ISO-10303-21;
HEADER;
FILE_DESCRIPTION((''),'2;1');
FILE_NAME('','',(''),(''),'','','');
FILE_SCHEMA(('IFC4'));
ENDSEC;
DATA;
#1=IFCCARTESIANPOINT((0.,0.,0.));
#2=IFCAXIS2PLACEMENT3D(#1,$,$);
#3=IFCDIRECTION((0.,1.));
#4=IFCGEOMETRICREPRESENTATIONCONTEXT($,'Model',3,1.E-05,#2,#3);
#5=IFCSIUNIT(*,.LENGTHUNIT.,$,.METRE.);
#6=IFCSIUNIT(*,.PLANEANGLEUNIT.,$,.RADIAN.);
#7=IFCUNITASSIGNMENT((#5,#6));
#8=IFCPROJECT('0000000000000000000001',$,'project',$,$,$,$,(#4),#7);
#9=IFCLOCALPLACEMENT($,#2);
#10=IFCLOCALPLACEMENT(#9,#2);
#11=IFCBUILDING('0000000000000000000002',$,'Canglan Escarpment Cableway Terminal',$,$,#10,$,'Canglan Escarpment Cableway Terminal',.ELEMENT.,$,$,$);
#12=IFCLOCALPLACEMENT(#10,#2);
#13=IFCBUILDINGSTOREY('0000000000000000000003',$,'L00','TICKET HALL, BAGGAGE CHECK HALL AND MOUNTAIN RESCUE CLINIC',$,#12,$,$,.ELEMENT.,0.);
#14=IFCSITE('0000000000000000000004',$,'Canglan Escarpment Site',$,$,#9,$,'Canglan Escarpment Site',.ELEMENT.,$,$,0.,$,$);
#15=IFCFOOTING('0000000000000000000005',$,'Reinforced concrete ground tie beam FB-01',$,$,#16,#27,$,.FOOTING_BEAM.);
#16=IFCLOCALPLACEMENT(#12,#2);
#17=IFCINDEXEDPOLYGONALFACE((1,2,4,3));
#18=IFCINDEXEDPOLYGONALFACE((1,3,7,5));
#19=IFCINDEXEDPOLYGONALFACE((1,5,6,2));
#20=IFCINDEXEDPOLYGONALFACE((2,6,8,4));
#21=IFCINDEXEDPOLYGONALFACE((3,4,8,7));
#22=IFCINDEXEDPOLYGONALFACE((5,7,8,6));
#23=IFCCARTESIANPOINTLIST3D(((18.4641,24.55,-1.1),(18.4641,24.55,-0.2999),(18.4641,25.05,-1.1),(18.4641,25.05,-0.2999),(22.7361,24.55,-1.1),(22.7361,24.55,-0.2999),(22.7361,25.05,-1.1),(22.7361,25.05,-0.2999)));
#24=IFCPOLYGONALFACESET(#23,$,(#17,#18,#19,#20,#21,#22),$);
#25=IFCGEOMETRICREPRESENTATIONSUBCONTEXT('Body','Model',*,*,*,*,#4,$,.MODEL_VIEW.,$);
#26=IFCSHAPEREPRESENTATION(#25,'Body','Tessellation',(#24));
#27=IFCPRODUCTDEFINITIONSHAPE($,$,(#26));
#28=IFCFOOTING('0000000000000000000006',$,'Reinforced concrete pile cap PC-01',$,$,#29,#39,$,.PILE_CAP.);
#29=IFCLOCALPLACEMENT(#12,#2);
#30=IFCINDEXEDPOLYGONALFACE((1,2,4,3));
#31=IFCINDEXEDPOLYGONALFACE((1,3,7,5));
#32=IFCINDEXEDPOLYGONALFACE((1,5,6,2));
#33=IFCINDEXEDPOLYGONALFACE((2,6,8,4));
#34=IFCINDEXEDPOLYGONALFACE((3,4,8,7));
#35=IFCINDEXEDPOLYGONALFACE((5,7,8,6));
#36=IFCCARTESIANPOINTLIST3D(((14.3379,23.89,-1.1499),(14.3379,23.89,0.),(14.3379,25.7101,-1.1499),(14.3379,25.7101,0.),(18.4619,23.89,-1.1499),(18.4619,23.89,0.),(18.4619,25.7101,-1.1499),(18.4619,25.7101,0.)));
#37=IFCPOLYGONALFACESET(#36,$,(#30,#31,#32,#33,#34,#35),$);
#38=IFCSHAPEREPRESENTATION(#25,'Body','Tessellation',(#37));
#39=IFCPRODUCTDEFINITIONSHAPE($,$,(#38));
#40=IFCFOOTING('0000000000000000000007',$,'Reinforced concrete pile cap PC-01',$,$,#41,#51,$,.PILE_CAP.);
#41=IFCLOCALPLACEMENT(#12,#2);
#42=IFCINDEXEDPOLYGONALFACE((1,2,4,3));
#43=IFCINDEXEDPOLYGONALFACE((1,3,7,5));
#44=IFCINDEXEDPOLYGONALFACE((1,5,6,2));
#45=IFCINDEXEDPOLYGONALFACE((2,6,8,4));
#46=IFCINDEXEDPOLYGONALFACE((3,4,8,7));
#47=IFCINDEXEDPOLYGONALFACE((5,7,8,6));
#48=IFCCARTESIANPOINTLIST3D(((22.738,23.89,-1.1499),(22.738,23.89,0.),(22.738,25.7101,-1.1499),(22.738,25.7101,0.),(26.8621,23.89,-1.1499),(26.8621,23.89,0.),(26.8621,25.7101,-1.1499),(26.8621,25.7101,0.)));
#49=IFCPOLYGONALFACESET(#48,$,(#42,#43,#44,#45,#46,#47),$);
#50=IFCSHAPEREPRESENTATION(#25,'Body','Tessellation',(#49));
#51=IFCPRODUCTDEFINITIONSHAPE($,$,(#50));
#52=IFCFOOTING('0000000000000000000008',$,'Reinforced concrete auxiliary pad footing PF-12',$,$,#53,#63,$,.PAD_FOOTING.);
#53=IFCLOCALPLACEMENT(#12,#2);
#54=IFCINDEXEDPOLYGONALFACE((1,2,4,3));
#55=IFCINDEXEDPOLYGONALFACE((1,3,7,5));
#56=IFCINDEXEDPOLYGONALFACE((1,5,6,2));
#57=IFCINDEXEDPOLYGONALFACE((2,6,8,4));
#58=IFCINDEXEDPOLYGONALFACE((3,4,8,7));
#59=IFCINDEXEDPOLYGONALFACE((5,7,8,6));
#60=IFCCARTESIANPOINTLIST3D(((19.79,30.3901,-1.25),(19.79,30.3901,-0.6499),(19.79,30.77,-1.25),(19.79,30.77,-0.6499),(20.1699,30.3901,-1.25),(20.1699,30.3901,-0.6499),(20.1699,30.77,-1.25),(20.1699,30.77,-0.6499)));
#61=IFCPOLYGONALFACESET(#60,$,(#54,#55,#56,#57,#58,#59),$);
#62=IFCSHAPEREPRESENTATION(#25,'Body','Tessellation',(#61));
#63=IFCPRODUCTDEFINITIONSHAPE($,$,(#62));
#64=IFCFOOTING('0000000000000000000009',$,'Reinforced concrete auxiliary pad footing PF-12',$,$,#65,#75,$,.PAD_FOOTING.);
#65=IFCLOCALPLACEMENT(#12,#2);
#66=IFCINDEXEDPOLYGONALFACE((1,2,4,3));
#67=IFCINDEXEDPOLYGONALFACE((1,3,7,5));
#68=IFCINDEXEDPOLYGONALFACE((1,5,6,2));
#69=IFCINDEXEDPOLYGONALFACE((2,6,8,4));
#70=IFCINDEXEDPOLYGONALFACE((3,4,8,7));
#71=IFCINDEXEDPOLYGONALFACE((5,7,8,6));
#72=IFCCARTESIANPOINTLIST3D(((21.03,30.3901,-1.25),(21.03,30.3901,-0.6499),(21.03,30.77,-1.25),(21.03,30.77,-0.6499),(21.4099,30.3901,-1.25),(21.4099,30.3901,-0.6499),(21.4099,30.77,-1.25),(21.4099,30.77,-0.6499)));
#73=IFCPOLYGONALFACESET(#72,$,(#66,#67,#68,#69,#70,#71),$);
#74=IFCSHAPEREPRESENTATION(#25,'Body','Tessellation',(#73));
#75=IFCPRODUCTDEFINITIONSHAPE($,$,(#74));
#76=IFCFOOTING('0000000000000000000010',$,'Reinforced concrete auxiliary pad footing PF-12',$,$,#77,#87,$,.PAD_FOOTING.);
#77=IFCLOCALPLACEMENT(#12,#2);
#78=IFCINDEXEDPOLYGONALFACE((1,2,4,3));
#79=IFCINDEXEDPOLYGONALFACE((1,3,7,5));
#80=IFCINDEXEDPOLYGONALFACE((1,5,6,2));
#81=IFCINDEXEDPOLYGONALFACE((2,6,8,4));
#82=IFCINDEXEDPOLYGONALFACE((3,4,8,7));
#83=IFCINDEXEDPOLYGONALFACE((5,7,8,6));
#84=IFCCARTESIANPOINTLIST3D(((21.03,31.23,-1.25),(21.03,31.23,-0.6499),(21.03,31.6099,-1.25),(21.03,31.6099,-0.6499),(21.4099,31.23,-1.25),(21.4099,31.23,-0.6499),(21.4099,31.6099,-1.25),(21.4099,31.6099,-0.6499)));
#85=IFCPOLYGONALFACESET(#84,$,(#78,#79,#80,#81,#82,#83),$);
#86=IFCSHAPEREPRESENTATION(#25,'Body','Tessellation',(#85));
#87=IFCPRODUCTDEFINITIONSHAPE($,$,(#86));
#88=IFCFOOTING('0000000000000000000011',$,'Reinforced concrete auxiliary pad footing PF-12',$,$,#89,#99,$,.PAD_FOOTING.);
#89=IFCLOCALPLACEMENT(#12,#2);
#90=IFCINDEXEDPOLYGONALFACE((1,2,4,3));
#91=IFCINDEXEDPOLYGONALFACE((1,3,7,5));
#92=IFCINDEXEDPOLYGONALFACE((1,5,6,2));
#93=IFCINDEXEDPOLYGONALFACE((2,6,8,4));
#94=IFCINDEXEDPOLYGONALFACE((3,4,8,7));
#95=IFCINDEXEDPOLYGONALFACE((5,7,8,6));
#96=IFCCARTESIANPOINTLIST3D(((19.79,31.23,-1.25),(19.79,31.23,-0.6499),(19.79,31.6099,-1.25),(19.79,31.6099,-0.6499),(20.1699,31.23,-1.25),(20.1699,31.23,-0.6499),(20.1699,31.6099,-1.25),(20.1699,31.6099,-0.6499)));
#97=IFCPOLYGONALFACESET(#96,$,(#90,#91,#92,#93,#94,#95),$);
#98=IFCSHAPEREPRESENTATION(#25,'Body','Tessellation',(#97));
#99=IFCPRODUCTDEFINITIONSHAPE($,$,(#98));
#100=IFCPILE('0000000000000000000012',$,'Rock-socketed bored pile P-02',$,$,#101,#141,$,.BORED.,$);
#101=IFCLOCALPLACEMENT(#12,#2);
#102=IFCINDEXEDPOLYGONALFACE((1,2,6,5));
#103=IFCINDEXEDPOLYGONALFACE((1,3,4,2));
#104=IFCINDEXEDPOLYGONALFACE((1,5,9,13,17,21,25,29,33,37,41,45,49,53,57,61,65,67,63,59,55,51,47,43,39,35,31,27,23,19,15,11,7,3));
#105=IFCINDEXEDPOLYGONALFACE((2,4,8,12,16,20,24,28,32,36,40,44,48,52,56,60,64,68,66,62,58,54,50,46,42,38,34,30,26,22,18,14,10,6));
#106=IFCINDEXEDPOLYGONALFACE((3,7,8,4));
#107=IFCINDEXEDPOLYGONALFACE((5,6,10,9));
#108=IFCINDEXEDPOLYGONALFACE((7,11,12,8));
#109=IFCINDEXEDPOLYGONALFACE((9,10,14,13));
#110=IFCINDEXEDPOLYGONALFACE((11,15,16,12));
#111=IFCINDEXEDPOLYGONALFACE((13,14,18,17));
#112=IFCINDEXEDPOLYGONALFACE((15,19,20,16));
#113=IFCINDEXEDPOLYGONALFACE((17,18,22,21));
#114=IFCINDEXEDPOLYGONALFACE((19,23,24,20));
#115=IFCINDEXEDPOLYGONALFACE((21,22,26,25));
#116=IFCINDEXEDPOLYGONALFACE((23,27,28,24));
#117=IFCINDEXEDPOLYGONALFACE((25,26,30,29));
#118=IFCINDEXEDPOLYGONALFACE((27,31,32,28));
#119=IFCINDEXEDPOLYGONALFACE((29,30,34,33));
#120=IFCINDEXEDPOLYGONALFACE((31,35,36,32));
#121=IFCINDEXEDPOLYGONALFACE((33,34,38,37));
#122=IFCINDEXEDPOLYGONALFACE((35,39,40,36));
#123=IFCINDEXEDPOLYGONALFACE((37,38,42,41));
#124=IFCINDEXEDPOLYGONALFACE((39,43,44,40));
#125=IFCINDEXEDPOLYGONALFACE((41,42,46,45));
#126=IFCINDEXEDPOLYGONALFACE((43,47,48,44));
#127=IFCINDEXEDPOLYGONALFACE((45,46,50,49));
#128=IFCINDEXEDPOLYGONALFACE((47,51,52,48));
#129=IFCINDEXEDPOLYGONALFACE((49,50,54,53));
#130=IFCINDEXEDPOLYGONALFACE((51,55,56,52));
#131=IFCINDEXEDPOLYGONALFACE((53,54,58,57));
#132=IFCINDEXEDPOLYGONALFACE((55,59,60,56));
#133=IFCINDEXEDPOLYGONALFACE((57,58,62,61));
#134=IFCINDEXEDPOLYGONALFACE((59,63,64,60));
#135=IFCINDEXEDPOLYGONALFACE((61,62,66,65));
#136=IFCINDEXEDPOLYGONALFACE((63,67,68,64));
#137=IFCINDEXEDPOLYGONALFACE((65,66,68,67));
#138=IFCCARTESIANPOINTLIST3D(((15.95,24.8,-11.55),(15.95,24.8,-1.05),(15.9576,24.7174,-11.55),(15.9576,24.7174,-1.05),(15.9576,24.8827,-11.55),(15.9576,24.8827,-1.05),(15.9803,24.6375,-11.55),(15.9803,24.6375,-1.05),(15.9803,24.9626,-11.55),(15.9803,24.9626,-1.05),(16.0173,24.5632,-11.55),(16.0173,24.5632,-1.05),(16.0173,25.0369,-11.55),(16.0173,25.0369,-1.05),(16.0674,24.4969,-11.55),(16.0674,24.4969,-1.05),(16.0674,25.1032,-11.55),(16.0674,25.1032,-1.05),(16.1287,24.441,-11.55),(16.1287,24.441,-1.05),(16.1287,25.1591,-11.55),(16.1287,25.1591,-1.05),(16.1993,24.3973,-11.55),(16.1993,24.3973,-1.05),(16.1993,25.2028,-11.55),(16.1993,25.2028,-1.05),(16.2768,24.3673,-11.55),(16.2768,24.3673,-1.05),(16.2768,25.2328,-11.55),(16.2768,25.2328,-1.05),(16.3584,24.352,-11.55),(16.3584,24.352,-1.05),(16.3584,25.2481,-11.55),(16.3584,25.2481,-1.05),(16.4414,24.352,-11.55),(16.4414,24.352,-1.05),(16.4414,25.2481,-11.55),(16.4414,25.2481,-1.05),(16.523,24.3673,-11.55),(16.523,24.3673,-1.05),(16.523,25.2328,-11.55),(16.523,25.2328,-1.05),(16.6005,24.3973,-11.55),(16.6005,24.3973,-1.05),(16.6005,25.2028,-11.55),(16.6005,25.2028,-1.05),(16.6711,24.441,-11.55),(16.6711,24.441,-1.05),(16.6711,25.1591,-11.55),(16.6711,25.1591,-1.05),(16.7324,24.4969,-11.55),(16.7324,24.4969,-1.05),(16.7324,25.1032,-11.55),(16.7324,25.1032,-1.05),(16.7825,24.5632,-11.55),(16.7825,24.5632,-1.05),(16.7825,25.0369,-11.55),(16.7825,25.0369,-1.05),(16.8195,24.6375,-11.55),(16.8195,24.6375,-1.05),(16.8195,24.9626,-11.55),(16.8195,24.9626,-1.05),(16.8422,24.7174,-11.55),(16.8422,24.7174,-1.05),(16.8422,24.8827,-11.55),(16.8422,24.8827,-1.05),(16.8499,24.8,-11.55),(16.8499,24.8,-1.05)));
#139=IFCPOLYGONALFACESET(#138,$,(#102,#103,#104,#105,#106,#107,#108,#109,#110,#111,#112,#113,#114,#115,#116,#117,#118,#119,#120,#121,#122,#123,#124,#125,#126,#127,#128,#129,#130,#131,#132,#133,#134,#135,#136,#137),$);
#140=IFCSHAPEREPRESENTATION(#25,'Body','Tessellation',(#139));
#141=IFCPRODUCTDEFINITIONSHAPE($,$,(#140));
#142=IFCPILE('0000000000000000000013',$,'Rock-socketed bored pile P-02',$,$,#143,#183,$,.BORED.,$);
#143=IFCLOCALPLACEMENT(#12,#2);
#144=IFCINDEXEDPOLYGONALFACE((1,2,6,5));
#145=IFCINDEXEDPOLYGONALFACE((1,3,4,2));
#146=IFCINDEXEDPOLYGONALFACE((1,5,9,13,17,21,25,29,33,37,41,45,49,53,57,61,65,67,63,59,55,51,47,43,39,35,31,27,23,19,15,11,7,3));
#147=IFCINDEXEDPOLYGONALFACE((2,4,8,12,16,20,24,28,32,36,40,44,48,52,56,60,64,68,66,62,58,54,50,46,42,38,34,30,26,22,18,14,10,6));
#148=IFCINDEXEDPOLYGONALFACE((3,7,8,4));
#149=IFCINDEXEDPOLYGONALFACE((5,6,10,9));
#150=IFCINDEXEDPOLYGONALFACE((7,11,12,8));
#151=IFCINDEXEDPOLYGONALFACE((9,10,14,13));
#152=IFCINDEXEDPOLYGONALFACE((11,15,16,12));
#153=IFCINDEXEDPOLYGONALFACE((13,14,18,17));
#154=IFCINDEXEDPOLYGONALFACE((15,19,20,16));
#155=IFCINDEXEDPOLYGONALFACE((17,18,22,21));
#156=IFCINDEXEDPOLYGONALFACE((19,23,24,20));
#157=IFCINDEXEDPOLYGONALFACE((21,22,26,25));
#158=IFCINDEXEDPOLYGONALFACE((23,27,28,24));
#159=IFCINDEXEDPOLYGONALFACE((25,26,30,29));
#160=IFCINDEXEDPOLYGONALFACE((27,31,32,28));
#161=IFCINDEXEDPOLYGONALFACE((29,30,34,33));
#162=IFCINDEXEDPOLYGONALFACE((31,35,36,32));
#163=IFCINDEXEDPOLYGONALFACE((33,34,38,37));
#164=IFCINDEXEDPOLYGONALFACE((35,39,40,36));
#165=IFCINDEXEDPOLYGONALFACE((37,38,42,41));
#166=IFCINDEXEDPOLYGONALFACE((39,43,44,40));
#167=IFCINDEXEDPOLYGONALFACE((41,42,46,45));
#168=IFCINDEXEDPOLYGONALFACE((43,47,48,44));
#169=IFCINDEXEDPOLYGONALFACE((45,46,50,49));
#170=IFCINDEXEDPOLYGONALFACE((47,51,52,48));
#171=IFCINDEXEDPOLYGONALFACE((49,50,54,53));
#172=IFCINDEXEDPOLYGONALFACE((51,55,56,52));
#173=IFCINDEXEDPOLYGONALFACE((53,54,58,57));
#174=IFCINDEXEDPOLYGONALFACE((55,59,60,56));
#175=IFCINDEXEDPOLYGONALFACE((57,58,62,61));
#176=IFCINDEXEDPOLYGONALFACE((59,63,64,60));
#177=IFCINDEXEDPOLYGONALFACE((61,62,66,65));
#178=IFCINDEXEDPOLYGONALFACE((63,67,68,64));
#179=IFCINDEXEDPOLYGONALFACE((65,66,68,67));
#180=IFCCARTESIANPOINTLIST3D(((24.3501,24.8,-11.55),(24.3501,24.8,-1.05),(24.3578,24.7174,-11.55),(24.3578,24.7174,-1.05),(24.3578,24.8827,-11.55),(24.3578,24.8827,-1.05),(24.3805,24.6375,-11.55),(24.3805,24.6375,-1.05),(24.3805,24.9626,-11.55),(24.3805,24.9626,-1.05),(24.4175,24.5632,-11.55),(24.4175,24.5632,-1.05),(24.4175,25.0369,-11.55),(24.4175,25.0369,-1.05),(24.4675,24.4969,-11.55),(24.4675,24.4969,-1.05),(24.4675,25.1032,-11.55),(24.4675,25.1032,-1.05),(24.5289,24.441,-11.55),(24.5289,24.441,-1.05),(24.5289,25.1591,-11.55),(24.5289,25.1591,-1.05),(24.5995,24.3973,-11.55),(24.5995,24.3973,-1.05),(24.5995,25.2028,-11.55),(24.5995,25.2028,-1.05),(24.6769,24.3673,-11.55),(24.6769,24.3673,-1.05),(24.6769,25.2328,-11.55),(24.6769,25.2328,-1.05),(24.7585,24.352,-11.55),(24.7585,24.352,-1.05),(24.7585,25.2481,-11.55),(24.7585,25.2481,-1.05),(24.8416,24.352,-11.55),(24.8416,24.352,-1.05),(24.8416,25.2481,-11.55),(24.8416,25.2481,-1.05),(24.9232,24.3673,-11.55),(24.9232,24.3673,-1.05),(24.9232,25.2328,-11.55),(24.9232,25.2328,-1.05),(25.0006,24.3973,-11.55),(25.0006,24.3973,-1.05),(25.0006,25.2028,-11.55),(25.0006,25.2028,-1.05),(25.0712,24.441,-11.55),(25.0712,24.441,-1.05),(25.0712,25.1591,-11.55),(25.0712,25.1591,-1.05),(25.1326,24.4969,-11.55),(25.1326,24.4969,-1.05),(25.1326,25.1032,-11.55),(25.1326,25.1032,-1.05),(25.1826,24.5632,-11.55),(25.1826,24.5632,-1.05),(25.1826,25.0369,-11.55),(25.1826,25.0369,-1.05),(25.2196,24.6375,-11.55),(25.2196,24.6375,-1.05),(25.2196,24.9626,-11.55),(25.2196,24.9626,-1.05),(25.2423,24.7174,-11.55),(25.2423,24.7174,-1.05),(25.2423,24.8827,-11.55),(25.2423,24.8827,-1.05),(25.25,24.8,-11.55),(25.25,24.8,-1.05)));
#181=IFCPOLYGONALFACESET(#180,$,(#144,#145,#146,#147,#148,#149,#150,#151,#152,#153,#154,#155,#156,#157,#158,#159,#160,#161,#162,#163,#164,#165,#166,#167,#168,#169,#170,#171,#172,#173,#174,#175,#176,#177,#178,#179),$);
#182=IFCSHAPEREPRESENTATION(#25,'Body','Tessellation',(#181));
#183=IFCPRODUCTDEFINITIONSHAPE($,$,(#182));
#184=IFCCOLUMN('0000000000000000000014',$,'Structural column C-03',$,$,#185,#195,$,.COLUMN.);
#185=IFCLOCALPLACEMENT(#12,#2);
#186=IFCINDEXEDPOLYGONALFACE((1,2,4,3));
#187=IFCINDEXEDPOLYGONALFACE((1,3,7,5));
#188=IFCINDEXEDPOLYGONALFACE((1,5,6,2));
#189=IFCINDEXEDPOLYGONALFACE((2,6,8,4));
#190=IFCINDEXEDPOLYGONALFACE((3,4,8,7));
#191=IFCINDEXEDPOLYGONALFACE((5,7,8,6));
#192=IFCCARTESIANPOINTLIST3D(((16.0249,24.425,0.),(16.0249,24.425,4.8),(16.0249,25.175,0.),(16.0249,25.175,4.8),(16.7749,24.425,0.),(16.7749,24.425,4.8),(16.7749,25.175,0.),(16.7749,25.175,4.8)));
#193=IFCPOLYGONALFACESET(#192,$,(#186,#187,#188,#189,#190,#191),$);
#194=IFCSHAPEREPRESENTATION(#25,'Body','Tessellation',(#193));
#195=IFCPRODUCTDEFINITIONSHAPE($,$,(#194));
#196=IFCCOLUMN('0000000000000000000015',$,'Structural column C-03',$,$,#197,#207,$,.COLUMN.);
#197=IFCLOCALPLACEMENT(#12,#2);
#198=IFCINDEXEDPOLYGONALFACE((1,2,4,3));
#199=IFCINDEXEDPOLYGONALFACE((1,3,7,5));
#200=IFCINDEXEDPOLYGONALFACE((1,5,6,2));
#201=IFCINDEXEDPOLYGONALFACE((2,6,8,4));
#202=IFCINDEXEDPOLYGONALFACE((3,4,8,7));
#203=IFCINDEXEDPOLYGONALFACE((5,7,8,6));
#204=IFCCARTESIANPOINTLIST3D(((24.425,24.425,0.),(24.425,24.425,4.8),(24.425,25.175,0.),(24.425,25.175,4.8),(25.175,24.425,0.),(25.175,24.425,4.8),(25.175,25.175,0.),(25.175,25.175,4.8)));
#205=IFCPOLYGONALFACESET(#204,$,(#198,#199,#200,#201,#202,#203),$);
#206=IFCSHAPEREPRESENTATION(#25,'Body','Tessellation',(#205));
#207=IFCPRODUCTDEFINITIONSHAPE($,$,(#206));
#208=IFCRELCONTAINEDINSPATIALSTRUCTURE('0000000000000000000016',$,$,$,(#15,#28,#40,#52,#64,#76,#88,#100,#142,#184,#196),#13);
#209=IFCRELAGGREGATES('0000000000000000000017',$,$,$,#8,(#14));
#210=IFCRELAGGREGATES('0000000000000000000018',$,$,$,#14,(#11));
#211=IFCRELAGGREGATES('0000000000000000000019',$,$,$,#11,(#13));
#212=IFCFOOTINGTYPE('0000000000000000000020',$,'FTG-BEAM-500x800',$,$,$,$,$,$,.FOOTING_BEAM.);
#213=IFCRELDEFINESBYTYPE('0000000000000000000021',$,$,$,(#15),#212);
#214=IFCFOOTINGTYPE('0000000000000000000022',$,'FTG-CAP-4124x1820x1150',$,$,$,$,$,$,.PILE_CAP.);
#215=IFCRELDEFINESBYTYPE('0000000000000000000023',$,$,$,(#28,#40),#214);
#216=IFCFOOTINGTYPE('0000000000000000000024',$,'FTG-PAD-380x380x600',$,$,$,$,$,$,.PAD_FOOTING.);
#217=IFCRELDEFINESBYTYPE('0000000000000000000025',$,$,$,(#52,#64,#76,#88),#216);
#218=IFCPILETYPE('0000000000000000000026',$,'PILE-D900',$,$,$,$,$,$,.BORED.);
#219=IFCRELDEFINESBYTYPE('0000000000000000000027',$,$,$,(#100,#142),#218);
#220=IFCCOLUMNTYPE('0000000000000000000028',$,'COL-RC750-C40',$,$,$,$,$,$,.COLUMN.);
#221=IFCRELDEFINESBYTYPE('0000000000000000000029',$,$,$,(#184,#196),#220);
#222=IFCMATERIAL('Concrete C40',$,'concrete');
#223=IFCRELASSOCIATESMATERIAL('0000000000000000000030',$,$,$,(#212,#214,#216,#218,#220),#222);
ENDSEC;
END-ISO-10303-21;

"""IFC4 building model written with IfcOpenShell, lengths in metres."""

from ifc_helpers import new_model, si_unit, direction, frame, origin, origin_2d, place, context, subcontext, project, spatial, rectangle, circle, extrude, material, material_profile, profile_set, type_object, element, save


model = new_model("IFC4")

# Units and contexts
model_context = context("Model", 3, precision=1e-05, world=origin(), true_north=direction((0.0, 1.0)))
body_context = subcontext(model_context, "Body", "Model", "MODEL_VIEW")
ifc_project = project(units=[si_unit("LENGTHUNIT", "METRE"), si_unit("PLANEANGLEUNIT", "RADIAN")], contexts=[model_context])

# Site, building, storey
site_placement = place(None, origin())
site = spatial("IfcSite", under=ifc_project, at=site_placement, Name="Canglan Escarpment Site", LongName="Canglan Escarpment Site", CompositionType="ELEMENT", RefElevation=0.0)
building_placement = place(site_placement, origin())
building = spatial("IfcBuilding", under=site, at=building_placement, Name="Canglan Escarpment Cableway Terminal", LongName="Canglan Escarpment Cableway Terminal", CompositionType="ELEMENT")
storey_placement = place(building_placement, origin())
storey = spatial("IfcBuildingStorey", under=building, at=storey_placement, Name="L00", Description="TICKET HALL, BAGGAGE CHECK HALL AND MOUNTAIN RESCUE CLINIC", CompositionType="ELEMENT", Elevation=0.0)

# Footings
ifc_material_1 = material(Name="Concrete C40", Category="concrete")
ifc_material_profile_1 = material_profile(ifc_material_1, rectangle(XDim=0.5, YDim=0.8, at=origin_2d()), Name="FB 500x800")
ifc_profile_set_1 = profile_set([ifc_material_profile_1], Name="Concrete C40")
footing_type_1 = type_object("IfcFootingType", Name="FTG-BEAM-500x800", PredefinedType="FOOTING_BEAM", material=ifc_profile_set_1)
footing_placement = place(storey_placement, frame((18.4641, 24.8, -0.7), z_axis=(1.0, 0.0, 0.0), x_axis=(0.0, 1.0, 0.0)))
element("IfcFooting", 1, at=footing_placement, inside=storey, type_object=footing_type_1, Name="Reinforced concrete ground tie beam FB-01", PredefinedType="FOOTING_BEAM", context=body_context, shape_type="SweptSolid", body=[
    extrude(rectangle(XDim=0.5, YDim=0.8, at=origin_2d()), origin(), (0.0, 0.0, 1.0), 4.272),
])
footing_type_2 = type_object("IfcFootingType", Name="FTG-CAP-4124x1820x1150", PredefinedType="PILE_CAP", material=ifc_material_1)
for number, where, z_axis, x_axis, name in (
    (2, (16.3999, 24.8, -1.1499), (0.0, 0.0, 1.0), (1.0, 0.0, 0.0), "Reinforced concrete pile cap PC-01"),
    (3, (24.8, 24.8, -1.1499), (0.0, 0.0, 1.0), (1.0, 0.0, 0.0), "Reinforced concrete pile cap PC-01"),
):
    element("IfcFooting", number, at=place(storey_placement, frame(where, z_axis=z_axis, x_axis=x_axis)), inside=storey, type_object=footing_type_2, Name=name, PredefinedType="PILE_CAP", context=body_context, shape_type="SweptSolid", body=[
        extrude(rectangle(XDim=4.124, YDim=1.8201, at=origin_2d()), origin(), (0.0, 0.0, 1.0), 1.1499),
    ])
footing_type_3 = type_object("IfcFootingType", Name="FTG-PAD-380x380x600", PredefinedType="PAD_FOOTING", material=ifc_material_1)
for number, where, z_axis, x_axis, name in (
    (4, (19.98, 30.5801, -1.25), (0.0, 0.0, 1.0), (1.0, 0.0, 0.0), "Reinforced concrete auxiliary pad footing PF-12"),
    (5, (21.22, 30.5801, -1.25), (0.0, 0.0, 1.0), (1.0, 0.0, 0.0), "Reinforced concrete auxiliary pad footing PF-12"),
    (6, (21.22, 31.4199, -1.25), (0.0, 0.0, 1.0), (1.0, 0.0, 0.0), "Reinforced concrete auxiliary pad footing PF-12"),
    (7, (19.98, 31.4199, -1.25), (0.0, 0.0, 1.0), (1.0, 0.0, 0.0), "Reinforced concrete auxiliary pad footing PF-12"),
):
    element("IfcFooting", number, at=place(storey_placement, frame(where, z_axis=z_axis, x_axis=x_axis)), inside=storey, type_object=footing_type_3, Name=name, PredefinedType="PAD_FOOTING", context=body_context, shape_type="SweptSolid", body=[
        extrude(rectangle(XDim=0.3799, YDim=0.3799, at=origin_2d()), origin(), (0.0, 0.0, 1.0), 0.6001),
    ])

# Piles
ifc_material_profile_2 = material_profile(ifc_material_1, circle(Radius=0.45, at=origin_2d()), Name="BORED PILE D900")
ifc_profile_set_2 = profile_set([ifc_material_profile_2], Name="Concrete C40")
pile_type = type_object("IfcPileType", Name="PILE-D900", PredefinedType="BORED", material=ifc_profile_set_2)
for number, where, z_axis, x_axis, name in (
    (8, (16.3999, 24.8, -1.05), (0.0, 0.0, -1.0), (1.0, 0.0, 0.0), "Rock-socketed bored pile P-02"),
    (9, (24.8, 24.8, -1.05), (0.0, 0.0, -1.0), (1.0, 0.0, 0.0), "Rock-socketed bored pile P-02"),
):
    element("IfcPile", number, at=place(storey_placement, frame(where, z_axis=z_axis, x_axis=x_axis)), inside=storey, type_object=pile_type, Name=name, PredefinedType="BORED", context=body_context, shape_type="SweptSolid", body=[
        extrude(circle(Radius=0.45, at=origin_2d()), origin(), (0.0, 0.0, 1.0), 10.5),
    ])

# Columns
ifc_material_profile_3 = material_profile(ifc_material_1, rectangle(XDim=0.75, YDim=0.75, at=origin_2d()), Name="RC 750x750")
ifc_profile_set_3 = profile_set([ifc_material_profile_3], Name="Concrete C40")
column_type = type_object("IfcColumnType", Name="COL-RC750-C40", PredefinedType="COLUMN", material=ifc_profile_set_3)
for number, where, z_axis, x_axis, name in (
    (10, (16.3999, 24.8, 0.0), (0.0, 0.0, 1.0), (1.0, 0.0, 0.0), "Structural column C-03"),
    (11, (24.8, 24.8, 0.0), (0.0, 0.0, 1.0), (1.0, 0.0, 0.0), "Structural column C-03"),
):
    element("IfcColumn", number, at=place(storey_placement, frame(where, z_axis=z_axis, x_axis=x_axis)), inside=storey, type_object=column_type, Name=name, PredefinedType="COLUMN", context=body_context, shape_type="SweptSolid", body=[
        extrude(rectangle(XDim=0.75, YDim=0.75, at=origin_2d()), origin(), (0.0, 0.0, 1.0), 4.8),
    ])

save(model, "model.ifc")
